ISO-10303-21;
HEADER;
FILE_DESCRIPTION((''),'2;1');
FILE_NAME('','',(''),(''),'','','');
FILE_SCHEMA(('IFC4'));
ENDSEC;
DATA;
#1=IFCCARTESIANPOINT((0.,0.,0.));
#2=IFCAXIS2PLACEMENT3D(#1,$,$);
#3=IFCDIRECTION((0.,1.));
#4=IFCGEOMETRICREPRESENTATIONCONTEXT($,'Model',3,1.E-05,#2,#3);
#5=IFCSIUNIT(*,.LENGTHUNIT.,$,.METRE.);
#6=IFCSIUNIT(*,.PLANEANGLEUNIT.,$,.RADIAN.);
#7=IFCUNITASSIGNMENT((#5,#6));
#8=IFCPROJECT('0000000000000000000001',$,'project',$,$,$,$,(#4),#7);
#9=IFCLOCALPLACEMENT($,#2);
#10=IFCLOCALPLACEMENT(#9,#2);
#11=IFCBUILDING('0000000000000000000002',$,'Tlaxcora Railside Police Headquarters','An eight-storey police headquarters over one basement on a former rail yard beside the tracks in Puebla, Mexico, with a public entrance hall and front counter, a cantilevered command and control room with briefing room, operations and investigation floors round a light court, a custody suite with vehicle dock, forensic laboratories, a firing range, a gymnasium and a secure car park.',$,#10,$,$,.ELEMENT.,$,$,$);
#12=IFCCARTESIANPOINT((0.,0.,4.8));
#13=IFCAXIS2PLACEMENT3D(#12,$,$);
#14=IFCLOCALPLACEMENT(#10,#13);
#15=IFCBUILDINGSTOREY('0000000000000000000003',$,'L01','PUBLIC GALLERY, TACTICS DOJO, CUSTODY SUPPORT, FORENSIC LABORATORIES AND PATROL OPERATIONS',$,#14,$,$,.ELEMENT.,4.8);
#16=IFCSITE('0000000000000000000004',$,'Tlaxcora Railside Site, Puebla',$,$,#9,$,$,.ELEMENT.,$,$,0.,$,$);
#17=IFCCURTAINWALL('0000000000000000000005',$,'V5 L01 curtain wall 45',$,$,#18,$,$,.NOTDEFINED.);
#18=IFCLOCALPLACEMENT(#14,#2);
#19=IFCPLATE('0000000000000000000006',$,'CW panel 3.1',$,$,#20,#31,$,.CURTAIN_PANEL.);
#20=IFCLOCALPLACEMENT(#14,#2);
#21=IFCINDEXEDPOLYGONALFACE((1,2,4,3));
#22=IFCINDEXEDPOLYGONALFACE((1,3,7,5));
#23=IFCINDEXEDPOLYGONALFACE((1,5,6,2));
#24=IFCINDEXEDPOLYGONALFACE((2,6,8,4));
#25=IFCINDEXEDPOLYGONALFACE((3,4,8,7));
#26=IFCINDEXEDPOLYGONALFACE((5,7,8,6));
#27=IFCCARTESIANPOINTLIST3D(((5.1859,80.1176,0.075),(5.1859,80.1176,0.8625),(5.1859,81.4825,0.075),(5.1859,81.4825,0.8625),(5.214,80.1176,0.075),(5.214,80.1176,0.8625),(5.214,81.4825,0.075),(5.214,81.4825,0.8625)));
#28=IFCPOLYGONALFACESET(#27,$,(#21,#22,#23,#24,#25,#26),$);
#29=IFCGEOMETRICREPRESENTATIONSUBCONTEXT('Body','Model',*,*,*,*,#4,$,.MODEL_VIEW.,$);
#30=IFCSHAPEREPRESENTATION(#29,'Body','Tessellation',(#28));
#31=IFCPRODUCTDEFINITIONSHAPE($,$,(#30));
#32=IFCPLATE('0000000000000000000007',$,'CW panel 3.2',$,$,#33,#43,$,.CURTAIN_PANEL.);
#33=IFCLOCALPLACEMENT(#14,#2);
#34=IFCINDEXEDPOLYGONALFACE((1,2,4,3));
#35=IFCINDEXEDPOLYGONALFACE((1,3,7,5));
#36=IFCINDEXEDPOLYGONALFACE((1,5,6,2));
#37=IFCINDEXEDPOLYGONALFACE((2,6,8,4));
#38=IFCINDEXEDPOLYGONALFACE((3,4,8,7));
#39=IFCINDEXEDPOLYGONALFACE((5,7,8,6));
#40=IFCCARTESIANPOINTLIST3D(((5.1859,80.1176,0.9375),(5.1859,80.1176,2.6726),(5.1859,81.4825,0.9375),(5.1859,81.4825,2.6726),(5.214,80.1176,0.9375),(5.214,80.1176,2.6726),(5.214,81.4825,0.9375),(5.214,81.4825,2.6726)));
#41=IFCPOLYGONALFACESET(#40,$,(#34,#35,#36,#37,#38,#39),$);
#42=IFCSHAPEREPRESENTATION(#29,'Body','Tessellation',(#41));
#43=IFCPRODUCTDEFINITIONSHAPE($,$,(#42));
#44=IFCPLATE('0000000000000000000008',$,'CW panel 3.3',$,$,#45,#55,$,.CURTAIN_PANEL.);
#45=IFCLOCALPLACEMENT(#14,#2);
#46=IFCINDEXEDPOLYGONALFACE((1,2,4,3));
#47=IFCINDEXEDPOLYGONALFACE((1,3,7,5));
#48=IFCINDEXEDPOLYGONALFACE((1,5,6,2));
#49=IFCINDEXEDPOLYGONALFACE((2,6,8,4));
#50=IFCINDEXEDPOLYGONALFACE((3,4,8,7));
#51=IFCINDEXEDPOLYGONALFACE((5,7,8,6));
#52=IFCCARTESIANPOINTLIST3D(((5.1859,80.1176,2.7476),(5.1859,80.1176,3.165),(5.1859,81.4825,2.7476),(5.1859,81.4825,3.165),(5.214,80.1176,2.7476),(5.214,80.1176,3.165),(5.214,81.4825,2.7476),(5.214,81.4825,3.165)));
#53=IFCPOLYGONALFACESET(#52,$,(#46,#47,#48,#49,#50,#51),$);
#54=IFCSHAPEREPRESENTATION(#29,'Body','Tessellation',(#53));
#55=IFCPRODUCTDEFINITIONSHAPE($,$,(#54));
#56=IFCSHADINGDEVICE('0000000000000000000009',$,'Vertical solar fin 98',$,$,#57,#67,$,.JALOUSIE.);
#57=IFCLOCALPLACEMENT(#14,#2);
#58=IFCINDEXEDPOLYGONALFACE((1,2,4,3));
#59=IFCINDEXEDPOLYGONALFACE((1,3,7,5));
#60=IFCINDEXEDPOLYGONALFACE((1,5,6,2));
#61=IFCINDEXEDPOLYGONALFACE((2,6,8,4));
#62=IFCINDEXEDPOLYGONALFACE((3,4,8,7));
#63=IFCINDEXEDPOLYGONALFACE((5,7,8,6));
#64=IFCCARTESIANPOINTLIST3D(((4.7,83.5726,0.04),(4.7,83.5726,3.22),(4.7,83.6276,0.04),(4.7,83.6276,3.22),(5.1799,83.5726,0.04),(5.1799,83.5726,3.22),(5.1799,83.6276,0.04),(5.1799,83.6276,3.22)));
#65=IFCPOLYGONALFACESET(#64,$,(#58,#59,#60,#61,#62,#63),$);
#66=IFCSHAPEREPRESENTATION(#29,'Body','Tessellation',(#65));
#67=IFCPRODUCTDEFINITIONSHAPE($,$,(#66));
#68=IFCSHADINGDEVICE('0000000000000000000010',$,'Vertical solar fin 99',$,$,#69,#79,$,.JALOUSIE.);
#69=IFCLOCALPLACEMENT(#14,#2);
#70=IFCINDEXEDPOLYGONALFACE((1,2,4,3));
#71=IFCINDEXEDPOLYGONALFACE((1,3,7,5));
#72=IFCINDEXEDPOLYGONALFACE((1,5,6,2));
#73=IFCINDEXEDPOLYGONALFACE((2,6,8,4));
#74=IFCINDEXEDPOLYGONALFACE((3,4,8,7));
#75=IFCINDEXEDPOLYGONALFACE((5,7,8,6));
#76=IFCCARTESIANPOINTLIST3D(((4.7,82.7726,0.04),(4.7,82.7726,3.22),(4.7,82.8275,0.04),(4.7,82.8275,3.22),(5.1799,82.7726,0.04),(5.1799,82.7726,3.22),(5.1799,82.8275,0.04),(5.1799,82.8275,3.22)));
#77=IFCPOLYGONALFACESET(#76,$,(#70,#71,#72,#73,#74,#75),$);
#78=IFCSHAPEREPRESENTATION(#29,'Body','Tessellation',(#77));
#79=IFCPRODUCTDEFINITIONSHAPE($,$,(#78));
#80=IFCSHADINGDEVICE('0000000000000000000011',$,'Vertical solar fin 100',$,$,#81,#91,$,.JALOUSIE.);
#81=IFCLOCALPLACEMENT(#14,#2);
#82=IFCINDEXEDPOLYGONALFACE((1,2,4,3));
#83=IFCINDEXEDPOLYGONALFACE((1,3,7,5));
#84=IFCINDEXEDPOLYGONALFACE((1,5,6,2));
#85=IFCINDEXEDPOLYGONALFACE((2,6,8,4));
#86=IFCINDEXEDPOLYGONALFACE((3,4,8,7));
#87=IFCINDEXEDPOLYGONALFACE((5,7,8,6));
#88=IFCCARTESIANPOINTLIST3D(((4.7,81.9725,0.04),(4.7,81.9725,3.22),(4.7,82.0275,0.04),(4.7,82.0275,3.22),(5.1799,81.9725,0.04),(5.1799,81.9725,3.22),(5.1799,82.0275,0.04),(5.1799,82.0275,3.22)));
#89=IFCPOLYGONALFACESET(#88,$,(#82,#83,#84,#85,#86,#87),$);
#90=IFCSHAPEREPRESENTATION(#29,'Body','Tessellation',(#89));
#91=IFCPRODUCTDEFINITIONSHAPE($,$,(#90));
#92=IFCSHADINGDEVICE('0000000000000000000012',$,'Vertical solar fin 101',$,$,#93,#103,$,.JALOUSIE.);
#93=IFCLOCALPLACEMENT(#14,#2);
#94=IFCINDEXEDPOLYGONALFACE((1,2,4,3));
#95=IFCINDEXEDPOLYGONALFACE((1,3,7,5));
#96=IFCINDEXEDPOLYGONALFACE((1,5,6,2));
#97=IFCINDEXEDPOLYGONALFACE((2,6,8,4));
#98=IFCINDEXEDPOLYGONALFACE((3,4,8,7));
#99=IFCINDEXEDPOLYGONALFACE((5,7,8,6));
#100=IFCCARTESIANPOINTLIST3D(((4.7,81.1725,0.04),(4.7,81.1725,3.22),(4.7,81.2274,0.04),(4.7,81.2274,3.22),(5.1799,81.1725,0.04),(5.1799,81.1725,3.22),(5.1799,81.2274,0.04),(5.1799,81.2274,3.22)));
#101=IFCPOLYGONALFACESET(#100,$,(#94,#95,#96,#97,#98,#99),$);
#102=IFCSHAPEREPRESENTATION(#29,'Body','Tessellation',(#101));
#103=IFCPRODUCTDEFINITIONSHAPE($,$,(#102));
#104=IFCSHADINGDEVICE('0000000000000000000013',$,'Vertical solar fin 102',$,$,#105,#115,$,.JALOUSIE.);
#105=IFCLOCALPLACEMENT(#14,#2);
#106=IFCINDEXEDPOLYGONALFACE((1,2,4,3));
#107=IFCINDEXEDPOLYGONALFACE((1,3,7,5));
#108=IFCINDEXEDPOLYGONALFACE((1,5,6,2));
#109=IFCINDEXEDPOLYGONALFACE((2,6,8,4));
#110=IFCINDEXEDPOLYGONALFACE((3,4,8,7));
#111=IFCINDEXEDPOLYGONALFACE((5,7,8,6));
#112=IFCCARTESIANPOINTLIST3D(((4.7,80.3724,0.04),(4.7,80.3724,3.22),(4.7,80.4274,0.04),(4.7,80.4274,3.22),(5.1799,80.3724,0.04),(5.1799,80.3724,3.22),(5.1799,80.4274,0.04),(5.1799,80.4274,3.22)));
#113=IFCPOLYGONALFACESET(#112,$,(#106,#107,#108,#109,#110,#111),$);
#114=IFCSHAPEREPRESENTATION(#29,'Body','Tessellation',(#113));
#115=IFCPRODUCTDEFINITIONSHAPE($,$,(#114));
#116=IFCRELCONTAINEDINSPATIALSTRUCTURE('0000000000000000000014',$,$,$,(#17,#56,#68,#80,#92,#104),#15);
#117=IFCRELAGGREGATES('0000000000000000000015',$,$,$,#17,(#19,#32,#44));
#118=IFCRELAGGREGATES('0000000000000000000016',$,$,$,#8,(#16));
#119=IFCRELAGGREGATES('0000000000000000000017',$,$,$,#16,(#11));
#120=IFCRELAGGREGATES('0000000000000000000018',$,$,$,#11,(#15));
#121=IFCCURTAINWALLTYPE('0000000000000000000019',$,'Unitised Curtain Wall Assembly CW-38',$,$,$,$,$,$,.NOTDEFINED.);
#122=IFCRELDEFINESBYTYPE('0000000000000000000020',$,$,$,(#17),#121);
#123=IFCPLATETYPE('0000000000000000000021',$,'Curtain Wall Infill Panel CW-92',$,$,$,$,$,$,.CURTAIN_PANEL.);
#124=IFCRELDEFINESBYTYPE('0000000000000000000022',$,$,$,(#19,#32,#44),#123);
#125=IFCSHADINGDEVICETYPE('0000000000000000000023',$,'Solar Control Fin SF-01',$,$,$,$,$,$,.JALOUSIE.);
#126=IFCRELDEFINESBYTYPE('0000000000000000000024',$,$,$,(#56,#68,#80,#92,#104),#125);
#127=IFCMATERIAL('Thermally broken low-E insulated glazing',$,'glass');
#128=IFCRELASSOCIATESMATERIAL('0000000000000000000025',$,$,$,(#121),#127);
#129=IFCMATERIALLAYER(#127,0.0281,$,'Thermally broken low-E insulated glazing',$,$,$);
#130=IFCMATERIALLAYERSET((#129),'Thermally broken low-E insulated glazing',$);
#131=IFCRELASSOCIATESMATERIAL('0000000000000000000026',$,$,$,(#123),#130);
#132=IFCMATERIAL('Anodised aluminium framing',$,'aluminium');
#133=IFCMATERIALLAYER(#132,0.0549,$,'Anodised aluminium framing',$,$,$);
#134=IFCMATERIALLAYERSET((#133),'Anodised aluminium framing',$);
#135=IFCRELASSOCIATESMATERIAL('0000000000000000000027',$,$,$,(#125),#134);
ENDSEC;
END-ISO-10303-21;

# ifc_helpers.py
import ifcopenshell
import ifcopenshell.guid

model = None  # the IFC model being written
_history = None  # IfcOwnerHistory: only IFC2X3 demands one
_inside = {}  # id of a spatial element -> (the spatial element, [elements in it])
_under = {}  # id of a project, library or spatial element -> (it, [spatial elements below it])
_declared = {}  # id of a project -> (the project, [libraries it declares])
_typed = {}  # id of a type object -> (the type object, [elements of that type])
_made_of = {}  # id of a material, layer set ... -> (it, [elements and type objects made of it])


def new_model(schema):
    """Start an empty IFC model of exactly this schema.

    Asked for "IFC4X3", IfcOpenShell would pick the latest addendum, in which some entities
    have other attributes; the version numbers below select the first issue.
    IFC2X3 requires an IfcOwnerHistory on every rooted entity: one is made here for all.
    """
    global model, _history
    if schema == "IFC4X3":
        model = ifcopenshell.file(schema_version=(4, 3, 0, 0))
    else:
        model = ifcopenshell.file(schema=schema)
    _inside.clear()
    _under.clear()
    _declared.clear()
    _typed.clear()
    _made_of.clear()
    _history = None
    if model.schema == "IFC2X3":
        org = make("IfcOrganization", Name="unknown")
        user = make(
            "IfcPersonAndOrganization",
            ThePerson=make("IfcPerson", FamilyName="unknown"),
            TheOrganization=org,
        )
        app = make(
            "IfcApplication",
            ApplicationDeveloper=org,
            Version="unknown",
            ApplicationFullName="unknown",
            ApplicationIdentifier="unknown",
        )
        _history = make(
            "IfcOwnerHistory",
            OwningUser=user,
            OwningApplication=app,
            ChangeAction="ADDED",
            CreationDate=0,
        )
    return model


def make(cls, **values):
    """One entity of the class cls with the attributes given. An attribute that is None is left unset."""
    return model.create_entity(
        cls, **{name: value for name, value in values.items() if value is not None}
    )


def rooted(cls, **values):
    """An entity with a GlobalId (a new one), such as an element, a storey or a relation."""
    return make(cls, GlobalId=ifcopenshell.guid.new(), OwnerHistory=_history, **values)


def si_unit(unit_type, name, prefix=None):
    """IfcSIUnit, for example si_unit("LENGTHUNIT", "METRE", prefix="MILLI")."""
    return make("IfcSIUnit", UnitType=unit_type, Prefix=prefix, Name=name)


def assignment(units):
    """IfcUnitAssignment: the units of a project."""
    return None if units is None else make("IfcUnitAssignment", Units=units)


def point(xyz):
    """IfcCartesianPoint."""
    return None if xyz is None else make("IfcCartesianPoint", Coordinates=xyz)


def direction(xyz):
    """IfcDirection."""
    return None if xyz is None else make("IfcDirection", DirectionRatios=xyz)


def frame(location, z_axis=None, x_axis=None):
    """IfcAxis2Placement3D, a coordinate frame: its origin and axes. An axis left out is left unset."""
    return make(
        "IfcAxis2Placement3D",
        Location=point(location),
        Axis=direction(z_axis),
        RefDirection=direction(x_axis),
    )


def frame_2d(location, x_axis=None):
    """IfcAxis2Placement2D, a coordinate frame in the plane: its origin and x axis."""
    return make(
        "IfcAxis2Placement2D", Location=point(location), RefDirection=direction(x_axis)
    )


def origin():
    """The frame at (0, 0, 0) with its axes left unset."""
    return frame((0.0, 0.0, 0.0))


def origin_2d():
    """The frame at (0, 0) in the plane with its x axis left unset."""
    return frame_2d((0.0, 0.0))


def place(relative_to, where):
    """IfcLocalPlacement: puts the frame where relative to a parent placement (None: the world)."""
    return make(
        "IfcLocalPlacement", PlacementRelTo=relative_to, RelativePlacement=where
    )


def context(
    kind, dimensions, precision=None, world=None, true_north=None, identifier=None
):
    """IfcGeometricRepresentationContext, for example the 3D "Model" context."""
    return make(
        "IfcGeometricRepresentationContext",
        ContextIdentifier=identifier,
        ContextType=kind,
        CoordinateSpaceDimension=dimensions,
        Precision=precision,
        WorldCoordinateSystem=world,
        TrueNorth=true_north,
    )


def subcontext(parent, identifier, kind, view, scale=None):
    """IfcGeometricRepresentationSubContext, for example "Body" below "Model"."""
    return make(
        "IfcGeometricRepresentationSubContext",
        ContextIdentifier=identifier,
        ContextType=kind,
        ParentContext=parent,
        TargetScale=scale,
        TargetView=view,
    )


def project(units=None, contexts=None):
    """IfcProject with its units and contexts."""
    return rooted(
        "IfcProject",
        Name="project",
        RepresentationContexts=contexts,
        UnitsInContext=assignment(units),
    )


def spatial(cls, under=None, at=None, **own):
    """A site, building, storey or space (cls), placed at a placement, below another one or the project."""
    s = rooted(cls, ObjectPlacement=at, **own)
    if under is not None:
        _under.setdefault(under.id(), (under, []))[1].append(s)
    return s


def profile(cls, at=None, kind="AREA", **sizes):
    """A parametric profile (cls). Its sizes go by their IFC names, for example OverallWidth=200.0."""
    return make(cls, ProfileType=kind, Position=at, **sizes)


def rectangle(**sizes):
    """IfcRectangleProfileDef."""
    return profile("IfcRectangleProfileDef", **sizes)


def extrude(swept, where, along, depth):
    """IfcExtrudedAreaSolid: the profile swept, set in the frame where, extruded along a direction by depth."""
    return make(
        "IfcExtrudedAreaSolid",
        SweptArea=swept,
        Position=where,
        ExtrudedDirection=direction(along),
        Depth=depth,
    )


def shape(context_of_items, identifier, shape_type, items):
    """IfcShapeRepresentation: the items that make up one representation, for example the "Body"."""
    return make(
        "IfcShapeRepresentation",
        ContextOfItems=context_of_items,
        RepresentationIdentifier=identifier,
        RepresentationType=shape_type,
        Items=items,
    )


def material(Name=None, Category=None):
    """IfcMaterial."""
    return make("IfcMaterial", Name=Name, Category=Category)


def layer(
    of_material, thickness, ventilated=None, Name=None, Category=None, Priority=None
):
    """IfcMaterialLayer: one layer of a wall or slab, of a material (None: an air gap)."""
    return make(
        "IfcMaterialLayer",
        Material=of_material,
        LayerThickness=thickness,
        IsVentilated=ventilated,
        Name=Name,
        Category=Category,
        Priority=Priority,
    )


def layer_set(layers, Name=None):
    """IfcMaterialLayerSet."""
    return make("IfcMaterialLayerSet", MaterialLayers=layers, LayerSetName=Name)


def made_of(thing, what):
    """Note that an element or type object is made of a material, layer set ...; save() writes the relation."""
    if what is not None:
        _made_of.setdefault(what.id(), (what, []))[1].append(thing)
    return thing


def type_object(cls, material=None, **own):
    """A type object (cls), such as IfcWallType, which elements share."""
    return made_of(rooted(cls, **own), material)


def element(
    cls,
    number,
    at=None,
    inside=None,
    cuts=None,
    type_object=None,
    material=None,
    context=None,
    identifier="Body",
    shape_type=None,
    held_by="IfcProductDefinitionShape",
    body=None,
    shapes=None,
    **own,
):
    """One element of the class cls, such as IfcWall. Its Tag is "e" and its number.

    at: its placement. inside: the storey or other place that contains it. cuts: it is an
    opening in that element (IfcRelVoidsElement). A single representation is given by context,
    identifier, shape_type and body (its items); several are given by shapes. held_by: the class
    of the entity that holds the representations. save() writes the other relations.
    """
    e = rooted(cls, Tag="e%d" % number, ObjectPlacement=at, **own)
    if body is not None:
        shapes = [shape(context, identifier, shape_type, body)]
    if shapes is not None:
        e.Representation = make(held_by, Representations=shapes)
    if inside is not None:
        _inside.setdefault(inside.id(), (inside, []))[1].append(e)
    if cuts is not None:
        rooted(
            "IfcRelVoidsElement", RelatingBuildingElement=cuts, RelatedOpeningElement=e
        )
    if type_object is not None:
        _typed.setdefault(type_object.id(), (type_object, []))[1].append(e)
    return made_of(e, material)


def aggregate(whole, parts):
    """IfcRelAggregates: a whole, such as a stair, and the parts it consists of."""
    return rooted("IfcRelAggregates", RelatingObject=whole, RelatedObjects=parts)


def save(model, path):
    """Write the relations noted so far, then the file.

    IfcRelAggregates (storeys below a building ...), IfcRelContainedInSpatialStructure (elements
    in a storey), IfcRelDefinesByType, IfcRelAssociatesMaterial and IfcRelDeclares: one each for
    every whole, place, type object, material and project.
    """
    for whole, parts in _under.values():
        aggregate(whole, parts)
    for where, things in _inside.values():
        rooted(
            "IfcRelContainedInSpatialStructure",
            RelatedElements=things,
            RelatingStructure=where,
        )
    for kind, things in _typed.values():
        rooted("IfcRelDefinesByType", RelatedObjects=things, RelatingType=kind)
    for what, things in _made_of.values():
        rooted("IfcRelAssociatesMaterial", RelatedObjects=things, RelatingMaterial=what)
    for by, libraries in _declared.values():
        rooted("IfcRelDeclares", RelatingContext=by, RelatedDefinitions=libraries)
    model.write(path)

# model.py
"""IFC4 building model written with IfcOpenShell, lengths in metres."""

from ifc_helpers import new_model, si_unit, direction, frame, origin, origin_2d, place, context, subcontext, project, spatial, rectangle, extrude, material, layer, layer_set, type_object, element, aggregate, save


model = new_model("IFC4")

# Units and contexts
model_context = context("Model", 3, precision=1e-05, world=origin(), true_north=direction((0.0, 1.0)))
body_context = subcontext(model_context, "Body", "Model", "MODEL_VIEW")
ifc_project = project(units=[si_unit("LENGTHUNIT", "METRE"), si_unit("PLANEANGLEUNIT", "RADIAN")], contexts=[model_context])

# Site, building, storey
site_placement = place(None, origin())
site = spatial("IfcSite", under=ifc_project, at=site_placement, Name="Tlaxcora Railside Site, Puebla", CompositionType="ELEMENT", RefElevation=0.0)
building_placement = place(site_placement, origin())
building = spatial("IfcBuilding", under=site, at=building_placement, Name="Tlaxcora Railside Police Headquarters", Description="An eight-storey police headquarters over one basement on a former rail yard beside the tracks in Puebla, Mexico, with a public entrance hall and front counter, a cantilevered command and control room with briefing room, operations and investigation floors round a light court, a custody suite with vehicle dock, forensic laboratories, a firing range, a gymnasium and a secure car park.", CompositionType="ELEMENT")
storey_placement = place(building_placement, frame((0.0, 0.0, 4.8)))
storey = spatial("IfcBuildingStorey", under=building, at=storey_placement, Name="L01", Description="PUBLIC GALLERY, TACTICS DOJO, CUSTODY SUPPORT, FORENSIC LABORATORIES AND PATROL OPERATIONS", CompositionType="ELEMENT", Elevation=4.8)

# Curtain wall, plates
ifc_material_1 = material(Name="Thermally broken low-E insulated glazing", Category="glass")
curtain_wall_type = type_object("IfcCurtainWallType", Name="Unitised Curtain Wall Assembly CW-38", PredefinedType="NOTDEFINED", material=ifc_material_1)
curtain_wall_placement = place(storey_placement, origin())
curtain_wall = element("IfcCurtainWall", 1, at=curtain_wall_placement, inside=storey, type_object=curtain_wall_type, Name="V5 L01 curtain wall 45", PredefinedType="NOTDEFINED")
ifc_material_2 = material(Name="Anodised aluminium framing", Category="aluminium")
ifc_layer_1 = layer(ifc_material_1, 0.0281, Name="Thermally broken low-E insulated glazing")
ifc_layer_set_1 = layer_set([ifc_layer_1], Name="Thermally broken low-E insulated glazing")
plate_type = type_object("IfcPlateType", Name="Curtain Wall Infill Panel CW-92", PredefinedType="CURTAIN_PANEL", material=ifc_layer_set_1)
plate_1_placement = place(storey_placement, frame((5.2, 80.8, 0.075), z_axis=(0.0, 0.0, 1.0), x_axis=(0.0, -1.0, 0.0)))
plate_1 = element("IfcPlate", 2, at=plate_1_placement, type_object=plate_type, Name="CW panel 3.1", PredefinedType="CURTAIN_PANEL", context=body_context, shape_type="SweptSolid", body=[
    extrude(rectangle(XDim=1.365, YDim=0.0281, at=origin_2d()), origin(), (0.0, 0.0, 1.0), 0.7876),
])
plate_2_placement = place(storey_placement, frame((5.2, 80.8, 0.9375), z_axis=(0.0, 0.0, 1.0), x_axis=(0.0, -1.0, 0.0)))
plate_2 = element("IfcPlate", 3, at=plate_2_placement, type_object=plate_type, Name="CW panel 3.2", PredefinedType="CURTAIN_PANEL", context=body_context, shape_type="SweptSolid", body=[
    extrude(rectangle(XDim=1.365, YDim=0.0281, at=origin_2d()), origin(), (0.0, 0.0, 1.0), 1.7351),
])
plate_3_placement = place(storey_placement, frame((5.2, 80.8, 2.7476), z_axis=(0.0, 0.0, 1.0), x_axis=(0.0, -1.0, 0.0)))
plate_3 = element("IfcPlate", 4, at=plate_3_placement, type_object=plate_type, Name="CW panel 3.3", PredefinedType="CURTAIN_PANEL", context=body_context, shape_type="SweptSolid", body=[
    extrude(rectangle(XDim=1.365, YDim=0.0281, at=origin_2d()), origin(), (0.0, 0.0, 1.0), 0.4175),
])
aggregate(curtain_wall, [plate_1, plate_2, plate_3])

# Shading devices
ifc_layer_2 = layer(ifc_material_2, 0.0549, Name="Anodised aluminium framing")
ifc_layer_set_2 = layer_set([ifc_layer_2], Name="Anodised aluminium framing")
shading_device_type = type_object("IfcShadingDeviceType", Name="Solar Control Fin SF-01", PredefinedType="JALOUSIE", material=ifc_layer_set_2)
for number, where, z_axis, x_axis, name in (
    (5, (4.9399, 83.6001, 0.04), (0.0, 0.0, 1.0), (-1.0, 0.0, 0.0), "Vertical solar fin 98"),
    (6, (4.9399, 82.8, 0.04), (0.0, 0.0, 1.0), (-1.0, 0.0, 0.0), "Vertical solar fin 99"),
    (7, (4.9399, 82.0, 0.04), (0.0, 0.0, 1.0), (-1.0, 0.0, 0.0), "Vertical solar fin 100"),
    (8, (4.9399, 81.2, 0.04), (0.0, 0.0, 1.0), (-1.0, 0.0, 0.0), "Vertical solar fin 101"),
    (9, (4.9399, 80.3999, 0.04), (0.0, 0.0, 1.0), (-1.0, 0.0, 0.0), "Vertical solar fin 102"),
):
    element("IfcShadingDevice", number, at=place(storey_placement, frame(where, z_axis=z_axis, x_axis=x_axis)), inside=storey, type_object=shading_device_type, Name=name, PredefinedType="JALOUSIE", context=body_context, shape_type="SweptSolid", body=[
        extrude(rectangle(XDim=0.48, YDim=0.0549, at=origin_2d()), origin(), (0.0, 0.0, 1.0), 3.1799),
    ])

save(model, "model.ifc")
